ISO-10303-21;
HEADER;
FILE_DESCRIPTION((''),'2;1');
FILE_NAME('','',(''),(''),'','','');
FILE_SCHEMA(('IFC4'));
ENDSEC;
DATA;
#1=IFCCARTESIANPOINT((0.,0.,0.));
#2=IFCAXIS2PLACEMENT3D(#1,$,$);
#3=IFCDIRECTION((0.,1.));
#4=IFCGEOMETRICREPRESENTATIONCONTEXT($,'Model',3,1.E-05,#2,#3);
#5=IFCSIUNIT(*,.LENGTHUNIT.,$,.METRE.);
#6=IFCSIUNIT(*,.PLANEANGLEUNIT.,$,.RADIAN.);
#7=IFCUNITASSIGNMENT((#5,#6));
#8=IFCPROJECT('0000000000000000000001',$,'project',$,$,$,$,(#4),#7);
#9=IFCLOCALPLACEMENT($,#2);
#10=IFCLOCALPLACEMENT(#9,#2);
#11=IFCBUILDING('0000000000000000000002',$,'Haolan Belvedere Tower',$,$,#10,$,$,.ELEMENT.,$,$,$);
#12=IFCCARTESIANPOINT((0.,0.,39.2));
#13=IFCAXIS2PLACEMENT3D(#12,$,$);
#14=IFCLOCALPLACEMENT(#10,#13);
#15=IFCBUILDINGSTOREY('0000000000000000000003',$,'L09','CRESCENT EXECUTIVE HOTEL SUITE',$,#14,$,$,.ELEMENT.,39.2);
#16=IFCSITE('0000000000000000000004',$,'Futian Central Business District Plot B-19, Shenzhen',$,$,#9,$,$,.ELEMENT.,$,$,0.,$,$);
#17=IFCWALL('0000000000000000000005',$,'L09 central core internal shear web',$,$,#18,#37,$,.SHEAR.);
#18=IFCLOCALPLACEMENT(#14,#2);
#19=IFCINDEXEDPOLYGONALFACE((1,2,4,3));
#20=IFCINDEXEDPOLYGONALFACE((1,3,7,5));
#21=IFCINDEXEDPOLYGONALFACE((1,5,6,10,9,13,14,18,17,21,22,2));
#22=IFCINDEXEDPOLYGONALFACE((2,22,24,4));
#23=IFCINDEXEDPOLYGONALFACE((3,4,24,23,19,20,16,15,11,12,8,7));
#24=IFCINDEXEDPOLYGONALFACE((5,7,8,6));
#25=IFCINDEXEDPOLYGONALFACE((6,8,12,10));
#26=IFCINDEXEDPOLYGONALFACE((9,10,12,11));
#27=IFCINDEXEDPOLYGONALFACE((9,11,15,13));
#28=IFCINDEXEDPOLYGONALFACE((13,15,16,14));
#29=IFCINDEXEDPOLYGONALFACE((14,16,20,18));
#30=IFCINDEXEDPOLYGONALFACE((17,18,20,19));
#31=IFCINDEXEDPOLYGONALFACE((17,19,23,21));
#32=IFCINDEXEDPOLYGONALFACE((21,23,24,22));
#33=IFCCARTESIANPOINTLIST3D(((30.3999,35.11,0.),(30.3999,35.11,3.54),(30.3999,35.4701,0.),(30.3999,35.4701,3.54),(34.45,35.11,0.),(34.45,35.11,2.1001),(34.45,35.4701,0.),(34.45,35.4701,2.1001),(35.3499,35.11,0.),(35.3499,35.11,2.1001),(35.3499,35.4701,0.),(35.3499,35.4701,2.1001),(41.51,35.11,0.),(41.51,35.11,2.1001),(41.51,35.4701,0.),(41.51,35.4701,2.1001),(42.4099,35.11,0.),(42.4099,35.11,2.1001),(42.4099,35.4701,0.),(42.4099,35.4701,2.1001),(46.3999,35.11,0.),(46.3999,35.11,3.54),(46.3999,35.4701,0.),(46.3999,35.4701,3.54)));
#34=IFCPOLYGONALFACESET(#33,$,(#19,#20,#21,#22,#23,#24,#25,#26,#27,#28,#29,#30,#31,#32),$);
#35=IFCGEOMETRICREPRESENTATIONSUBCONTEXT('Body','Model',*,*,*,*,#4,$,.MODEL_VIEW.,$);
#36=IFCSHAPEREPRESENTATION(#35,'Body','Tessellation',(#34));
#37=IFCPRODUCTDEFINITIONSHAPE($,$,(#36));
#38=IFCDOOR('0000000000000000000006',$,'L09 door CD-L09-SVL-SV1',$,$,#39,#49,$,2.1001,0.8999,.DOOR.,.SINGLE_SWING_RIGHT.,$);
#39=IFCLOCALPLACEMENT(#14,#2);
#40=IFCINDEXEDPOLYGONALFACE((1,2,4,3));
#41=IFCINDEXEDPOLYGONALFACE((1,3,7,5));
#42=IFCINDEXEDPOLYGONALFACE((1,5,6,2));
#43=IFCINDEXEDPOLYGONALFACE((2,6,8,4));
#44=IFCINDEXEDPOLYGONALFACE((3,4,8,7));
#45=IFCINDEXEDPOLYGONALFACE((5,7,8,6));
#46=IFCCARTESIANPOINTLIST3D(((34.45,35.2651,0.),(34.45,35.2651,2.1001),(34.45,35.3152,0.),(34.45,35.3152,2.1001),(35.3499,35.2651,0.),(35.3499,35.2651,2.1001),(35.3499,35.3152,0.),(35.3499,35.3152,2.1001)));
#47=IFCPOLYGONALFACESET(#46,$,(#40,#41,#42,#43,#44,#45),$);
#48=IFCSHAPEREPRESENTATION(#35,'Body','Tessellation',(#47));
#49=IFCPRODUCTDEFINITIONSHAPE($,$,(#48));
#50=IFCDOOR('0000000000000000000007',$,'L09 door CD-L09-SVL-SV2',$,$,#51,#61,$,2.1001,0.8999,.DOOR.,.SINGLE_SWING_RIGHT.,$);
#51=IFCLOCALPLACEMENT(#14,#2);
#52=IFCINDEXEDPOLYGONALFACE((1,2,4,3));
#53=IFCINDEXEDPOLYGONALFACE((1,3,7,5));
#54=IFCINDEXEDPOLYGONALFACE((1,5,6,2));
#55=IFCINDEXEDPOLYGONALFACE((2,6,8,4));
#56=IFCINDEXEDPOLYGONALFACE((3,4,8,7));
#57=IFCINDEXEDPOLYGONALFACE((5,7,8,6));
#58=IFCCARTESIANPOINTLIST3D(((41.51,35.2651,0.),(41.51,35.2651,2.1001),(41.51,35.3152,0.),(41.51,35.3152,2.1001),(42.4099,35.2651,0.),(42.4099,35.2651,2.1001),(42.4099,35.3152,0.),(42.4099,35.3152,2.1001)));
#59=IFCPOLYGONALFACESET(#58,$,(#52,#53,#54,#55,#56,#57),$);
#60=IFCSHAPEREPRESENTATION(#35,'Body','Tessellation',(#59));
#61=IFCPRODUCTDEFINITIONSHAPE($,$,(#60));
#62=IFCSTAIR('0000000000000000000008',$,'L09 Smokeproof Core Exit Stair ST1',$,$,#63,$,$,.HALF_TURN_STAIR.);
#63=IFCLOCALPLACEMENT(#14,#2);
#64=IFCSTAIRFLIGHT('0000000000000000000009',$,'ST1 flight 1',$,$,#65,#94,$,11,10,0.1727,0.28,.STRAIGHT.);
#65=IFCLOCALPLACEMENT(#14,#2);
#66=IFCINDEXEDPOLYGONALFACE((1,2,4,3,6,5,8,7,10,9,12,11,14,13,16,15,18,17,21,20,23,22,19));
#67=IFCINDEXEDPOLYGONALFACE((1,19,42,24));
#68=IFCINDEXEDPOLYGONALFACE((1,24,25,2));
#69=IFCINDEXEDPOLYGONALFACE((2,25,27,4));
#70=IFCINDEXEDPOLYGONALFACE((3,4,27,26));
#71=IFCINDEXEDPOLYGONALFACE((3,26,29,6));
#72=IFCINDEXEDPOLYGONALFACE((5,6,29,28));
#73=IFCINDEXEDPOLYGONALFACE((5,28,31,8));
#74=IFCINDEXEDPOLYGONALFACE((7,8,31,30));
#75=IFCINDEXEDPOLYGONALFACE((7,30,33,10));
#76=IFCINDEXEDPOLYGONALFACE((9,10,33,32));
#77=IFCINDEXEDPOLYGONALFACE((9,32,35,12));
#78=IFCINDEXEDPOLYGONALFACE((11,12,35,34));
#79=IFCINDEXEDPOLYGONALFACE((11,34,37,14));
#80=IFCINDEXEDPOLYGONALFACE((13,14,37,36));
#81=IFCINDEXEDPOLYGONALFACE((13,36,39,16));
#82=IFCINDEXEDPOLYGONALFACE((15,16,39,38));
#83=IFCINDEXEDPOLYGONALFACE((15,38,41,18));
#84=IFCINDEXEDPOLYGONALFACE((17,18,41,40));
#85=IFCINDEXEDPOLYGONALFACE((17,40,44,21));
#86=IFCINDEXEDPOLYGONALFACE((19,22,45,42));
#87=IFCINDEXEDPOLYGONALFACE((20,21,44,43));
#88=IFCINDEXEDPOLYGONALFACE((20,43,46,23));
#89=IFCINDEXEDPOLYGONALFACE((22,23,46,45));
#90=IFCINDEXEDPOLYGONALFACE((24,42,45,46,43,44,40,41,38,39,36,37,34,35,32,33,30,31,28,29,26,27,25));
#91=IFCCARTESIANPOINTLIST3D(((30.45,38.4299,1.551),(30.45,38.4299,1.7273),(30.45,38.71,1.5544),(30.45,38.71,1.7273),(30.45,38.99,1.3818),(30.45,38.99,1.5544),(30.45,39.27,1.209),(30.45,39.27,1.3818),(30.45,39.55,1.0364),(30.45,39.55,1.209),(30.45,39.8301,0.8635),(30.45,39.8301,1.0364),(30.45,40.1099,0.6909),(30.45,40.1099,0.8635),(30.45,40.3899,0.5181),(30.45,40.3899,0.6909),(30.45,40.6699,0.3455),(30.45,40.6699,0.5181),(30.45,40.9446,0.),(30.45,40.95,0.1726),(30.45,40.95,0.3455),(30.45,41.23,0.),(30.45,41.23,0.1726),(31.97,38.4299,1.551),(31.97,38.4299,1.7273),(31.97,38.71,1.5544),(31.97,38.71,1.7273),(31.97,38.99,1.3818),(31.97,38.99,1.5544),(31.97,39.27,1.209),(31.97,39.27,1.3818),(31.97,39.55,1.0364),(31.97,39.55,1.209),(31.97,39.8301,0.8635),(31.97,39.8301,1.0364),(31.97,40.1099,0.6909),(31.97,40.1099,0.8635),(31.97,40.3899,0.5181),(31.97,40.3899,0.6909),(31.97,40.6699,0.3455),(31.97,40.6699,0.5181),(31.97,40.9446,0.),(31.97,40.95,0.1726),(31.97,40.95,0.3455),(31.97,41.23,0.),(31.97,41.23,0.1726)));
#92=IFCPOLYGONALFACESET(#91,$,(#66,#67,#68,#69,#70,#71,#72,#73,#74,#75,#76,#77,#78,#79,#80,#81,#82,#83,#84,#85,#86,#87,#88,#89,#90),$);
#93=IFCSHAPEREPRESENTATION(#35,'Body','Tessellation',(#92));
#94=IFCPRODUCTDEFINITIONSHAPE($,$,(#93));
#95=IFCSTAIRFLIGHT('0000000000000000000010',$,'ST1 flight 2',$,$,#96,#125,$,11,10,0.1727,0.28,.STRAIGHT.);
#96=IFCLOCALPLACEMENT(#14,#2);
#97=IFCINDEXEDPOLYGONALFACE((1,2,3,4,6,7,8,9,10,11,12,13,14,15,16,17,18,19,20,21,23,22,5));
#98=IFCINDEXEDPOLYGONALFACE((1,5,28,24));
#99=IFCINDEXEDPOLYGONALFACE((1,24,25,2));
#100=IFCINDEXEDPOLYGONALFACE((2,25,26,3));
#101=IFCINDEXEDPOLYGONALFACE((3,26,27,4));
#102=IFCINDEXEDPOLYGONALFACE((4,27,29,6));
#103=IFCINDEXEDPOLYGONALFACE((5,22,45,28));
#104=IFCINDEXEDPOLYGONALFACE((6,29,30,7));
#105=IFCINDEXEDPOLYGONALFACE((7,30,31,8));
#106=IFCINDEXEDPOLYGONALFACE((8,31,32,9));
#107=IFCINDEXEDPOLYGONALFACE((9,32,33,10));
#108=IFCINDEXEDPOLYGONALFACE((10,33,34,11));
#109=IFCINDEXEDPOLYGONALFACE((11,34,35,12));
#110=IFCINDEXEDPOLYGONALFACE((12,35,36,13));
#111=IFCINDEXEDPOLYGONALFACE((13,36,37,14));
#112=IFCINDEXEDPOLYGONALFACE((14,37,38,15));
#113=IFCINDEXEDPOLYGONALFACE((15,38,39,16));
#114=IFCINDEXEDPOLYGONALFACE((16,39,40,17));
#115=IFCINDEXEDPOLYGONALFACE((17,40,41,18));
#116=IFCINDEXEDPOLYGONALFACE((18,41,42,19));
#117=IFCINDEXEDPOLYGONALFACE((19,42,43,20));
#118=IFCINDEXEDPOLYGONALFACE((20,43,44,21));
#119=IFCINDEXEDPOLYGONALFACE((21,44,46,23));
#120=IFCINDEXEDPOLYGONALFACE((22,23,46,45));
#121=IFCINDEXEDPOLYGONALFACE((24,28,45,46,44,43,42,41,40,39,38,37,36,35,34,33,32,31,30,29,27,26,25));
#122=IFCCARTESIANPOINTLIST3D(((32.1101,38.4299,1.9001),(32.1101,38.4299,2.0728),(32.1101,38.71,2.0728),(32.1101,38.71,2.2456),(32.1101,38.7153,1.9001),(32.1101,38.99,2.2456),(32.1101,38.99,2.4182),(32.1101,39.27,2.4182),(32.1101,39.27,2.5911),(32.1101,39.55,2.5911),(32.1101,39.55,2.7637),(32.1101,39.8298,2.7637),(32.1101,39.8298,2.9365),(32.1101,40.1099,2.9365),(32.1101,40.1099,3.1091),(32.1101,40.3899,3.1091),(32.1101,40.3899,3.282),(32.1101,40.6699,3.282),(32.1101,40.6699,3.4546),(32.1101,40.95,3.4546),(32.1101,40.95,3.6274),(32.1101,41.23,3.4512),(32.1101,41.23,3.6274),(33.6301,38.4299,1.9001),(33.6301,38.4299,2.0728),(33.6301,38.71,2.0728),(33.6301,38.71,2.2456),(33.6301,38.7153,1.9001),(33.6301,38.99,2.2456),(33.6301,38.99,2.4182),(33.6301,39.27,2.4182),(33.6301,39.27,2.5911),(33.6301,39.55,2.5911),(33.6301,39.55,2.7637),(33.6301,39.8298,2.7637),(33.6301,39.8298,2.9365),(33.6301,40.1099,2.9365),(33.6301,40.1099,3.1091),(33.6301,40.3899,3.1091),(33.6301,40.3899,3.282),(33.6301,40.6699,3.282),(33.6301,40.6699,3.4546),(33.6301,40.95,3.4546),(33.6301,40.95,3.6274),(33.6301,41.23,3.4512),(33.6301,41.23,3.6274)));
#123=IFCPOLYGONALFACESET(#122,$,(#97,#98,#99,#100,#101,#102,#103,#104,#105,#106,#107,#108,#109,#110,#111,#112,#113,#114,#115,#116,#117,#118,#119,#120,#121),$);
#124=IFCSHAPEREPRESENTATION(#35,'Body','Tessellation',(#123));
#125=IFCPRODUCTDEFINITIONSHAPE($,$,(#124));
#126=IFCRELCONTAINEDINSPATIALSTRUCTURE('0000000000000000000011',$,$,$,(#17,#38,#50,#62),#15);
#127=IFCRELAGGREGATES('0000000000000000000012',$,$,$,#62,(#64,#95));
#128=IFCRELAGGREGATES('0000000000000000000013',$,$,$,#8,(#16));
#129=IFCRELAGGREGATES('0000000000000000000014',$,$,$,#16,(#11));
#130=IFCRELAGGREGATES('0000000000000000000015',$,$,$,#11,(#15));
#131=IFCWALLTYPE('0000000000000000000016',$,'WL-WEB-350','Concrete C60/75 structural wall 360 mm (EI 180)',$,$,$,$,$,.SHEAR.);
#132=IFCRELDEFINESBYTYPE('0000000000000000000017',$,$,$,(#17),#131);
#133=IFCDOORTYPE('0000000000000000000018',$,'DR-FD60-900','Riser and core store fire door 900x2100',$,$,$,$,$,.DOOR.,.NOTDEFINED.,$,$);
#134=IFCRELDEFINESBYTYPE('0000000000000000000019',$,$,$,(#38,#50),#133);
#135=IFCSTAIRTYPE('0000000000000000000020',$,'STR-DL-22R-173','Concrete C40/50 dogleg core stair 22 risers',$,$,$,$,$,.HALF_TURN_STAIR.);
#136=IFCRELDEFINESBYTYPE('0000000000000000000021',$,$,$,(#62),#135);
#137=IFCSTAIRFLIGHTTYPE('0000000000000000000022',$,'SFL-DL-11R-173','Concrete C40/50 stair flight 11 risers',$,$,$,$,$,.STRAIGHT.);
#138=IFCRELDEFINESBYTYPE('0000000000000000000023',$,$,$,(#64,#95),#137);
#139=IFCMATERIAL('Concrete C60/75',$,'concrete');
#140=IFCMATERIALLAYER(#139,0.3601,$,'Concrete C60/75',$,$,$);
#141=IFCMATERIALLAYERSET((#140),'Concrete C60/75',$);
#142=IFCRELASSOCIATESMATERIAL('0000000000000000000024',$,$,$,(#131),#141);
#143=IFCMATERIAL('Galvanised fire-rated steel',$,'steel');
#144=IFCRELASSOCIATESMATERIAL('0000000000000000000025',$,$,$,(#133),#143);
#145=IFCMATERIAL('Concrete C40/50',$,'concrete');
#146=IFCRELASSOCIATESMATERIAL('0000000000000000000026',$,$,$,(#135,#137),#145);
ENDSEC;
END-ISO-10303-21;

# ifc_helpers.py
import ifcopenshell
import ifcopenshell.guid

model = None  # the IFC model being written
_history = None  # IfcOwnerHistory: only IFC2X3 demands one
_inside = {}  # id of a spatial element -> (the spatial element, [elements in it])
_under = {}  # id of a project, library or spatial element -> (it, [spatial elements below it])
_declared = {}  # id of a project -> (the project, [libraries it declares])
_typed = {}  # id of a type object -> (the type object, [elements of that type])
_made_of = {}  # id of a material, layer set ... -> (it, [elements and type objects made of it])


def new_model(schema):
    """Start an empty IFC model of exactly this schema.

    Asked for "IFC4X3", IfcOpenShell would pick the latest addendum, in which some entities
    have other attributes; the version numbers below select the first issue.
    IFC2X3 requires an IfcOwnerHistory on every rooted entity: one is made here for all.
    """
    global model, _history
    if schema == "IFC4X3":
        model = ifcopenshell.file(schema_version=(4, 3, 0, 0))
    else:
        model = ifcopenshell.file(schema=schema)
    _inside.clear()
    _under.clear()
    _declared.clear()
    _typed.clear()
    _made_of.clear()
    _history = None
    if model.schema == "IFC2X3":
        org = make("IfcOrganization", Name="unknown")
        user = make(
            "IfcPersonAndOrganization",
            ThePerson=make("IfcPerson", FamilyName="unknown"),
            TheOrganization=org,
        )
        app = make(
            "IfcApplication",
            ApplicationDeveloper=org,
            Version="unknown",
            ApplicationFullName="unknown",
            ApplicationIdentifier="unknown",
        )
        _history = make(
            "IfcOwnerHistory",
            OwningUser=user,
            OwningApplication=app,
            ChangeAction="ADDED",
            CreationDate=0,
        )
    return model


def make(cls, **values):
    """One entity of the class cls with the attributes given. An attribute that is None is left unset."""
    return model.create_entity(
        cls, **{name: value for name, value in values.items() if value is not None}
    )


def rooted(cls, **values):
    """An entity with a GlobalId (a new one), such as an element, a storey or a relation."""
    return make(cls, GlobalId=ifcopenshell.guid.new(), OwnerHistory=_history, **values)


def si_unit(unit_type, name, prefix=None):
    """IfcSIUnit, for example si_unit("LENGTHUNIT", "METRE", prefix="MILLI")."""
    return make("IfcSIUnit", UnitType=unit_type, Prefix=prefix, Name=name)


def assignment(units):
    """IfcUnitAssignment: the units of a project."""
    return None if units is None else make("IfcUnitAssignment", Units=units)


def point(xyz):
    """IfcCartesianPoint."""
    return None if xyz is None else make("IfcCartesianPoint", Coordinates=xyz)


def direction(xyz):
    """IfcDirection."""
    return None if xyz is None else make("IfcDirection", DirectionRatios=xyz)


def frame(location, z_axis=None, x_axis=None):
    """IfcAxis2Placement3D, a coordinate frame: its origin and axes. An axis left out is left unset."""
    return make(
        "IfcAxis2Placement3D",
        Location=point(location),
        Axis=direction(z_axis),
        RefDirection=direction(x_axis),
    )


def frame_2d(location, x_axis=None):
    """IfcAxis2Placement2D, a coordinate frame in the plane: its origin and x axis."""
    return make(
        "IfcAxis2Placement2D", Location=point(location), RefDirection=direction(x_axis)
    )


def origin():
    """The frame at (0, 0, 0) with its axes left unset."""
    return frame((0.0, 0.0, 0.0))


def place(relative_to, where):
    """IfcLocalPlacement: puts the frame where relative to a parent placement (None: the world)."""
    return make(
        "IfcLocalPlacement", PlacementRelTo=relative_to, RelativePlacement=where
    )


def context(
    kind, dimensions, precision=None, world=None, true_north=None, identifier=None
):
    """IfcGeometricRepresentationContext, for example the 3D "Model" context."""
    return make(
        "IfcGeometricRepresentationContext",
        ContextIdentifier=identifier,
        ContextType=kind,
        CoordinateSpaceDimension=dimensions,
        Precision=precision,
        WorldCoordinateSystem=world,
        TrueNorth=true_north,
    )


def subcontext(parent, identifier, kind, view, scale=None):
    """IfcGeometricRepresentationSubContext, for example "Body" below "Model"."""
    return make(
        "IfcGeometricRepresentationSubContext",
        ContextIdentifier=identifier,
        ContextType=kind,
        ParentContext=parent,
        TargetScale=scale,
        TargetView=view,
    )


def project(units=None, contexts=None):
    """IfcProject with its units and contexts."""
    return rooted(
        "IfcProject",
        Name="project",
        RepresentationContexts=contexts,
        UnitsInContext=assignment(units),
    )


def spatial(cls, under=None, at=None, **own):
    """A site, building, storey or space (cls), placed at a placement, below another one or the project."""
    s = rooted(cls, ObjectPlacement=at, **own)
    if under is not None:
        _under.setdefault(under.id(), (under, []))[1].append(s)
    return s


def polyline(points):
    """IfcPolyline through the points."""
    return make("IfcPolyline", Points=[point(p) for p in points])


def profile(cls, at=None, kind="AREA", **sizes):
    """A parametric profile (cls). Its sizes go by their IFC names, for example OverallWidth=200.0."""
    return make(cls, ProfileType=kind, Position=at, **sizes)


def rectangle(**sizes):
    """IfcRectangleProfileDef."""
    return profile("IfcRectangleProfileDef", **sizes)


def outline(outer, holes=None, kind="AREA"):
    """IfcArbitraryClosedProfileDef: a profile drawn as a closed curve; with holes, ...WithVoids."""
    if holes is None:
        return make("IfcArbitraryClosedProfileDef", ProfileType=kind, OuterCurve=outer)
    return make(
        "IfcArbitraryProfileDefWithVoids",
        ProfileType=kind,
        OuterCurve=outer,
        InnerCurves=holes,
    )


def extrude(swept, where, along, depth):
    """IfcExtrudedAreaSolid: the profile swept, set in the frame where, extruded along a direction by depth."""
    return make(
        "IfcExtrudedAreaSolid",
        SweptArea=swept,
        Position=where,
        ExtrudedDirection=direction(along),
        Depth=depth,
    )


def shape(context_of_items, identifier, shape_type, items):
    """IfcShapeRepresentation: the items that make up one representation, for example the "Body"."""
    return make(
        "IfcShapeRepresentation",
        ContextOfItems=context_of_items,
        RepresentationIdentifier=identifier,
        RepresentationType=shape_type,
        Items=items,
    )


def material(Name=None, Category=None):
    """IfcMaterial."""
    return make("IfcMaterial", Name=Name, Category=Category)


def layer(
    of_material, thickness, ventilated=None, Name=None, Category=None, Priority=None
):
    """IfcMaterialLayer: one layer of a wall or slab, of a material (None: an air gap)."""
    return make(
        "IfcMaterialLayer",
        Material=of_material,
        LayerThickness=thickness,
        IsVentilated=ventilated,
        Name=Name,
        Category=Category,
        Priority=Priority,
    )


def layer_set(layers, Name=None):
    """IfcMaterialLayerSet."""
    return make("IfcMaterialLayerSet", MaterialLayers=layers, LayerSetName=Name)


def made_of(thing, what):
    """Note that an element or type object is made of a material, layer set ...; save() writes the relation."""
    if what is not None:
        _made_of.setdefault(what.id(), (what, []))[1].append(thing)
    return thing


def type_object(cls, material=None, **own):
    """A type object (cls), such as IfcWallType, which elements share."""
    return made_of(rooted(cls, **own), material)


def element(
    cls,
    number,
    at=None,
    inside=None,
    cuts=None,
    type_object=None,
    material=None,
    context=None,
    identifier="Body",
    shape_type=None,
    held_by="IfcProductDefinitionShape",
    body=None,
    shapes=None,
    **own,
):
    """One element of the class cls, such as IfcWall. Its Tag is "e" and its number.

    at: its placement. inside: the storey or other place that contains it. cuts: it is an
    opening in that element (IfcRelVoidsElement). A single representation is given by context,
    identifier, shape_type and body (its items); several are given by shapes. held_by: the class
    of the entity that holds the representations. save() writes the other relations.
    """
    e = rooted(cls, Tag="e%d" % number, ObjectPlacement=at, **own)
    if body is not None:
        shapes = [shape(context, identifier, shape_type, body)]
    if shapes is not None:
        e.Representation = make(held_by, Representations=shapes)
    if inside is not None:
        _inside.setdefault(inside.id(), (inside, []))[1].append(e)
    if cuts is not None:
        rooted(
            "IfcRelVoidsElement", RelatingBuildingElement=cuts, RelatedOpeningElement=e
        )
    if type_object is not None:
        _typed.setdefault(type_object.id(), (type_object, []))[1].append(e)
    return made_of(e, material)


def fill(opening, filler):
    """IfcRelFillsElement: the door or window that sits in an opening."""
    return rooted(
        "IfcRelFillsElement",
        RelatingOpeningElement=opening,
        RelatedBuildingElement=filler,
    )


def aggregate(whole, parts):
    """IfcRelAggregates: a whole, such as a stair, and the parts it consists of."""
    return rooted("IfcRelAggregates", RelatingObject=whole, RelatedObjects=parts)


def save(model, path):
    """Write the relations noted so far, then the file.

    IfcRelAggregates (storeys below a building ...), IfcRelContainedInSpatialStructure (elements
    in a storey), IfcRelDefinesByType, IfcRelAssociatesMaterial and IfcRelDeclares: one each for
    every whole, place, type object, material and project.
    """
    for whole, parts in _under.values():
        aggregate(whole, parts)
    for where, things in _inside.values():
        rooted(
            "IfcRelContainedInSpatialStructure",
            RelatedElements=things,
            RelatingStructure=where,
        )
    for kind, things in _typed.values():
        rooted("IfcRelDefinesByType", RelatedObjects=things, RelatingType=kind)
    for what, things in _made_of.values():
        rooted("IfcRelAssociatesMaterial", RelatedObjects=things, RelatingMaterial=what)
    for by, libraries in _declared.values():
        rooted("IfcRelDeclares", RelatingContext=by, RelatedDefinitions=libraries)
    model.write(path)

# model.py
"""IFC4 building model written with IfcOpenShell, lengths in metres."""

from ifc_helpers import new_model, si_unit, direction, frame, frame_2d, origin, place, context, subcontext, project, spatial, polyline, rectangle, outline, extrude, material, layer, layer_set, type_object, element, fill, aggregate, save


model = new_model("IFC4")

# Units and contexts
model_context = context("Model", 3, precision=1e-05, world=origin(), true_north=direction((0.0, 1.0)))
body_context = subcontext(model_context, "Body", "Model", "MODEL_VIEW")
ifc_project = project(units=[si_unit("LENGTHUNIT", "METRE"), si_unit("PLANEANGLEUNIT", "RADIAN")], contexts=[model_context])

# Site, building, storey
site_placement = place(None, origin())
site = spatial("IfcSite", under=ifc_project, at=site_placement, Name="Futian Central Business District Plot B-19, Shenzhen", CompositionType="ELEMENT", RefElevation=0.0)
building_placement = place(site_placement, origin())
building = spatial("IfcBuilding", under=site, at=building_placement, Name="Haolan Belvedere Tower", CompositionType="ELEMENT")
storey_placement = place(building_placement, frame((0.0, 0.0, 39.2)))
storey = spatial("IfcBuildingStorey", under=building, at=storey_placement, Name="L09", Description="CRESCENT EXECUTIVE HOTEL SUITE", CompositionType="ELEMENT", Elevation=39.2)

# Shared definitions
ifc_material_1 = material(Name="Concrete C60/75", Category="concrete")

# Wall, openings, doors
ifc_layer_1 = layer(ifc_material_1, 0.3601, Name="Concrete C60/75")
ifc_layer_set_1 = layer_set([ifc_layer_1], Name="Concrete C60/75")
wall_type_1 = type_object("IfcWallType", Name="WL-WEB-350", Description="Concrete C60/75 structural wall 360 mm (EI 180)", PredefinedType="SHEAR", material=ifc_layer_set_1)
wall_1_placement = place(storey_placement, frame((30.3999, 35.29, 0.0), z_axis=(0.0, 0.0, 1.0), x_axis=(1.0, 0.0, 0.0)))
wall_1 = element("IfcWall", 1, at=wall_1_placement, inside=storey, type_object=wall_type_1, Name="L09 central core internal shear web", PredefinedType="SHEAR", context=body_context, shape_type="SweptSolid", body=[
    extrude(rectangle(XDim=16.0, YDim=0.3601, at=frame_2d((8.0, 0.0))), origin(), (0.0, 0.0, 1.0), 3.54),
])
opening_1_placement = place(wall_1_placement, frame((4.95, 0.0, 0.0), z_axis=(0.0, 0.0, 1.0), x_axis=(-1.0, 0.0, 0.0)))
opening_1 = element("IfcOpeningElement", 2, at=opening_1_placement, cuts=wall_1, PredefinedType="OPENING", context=body_context, shape_type="SweptSolid", body=[
    extrude(rectangle(XDim=0.8999, YDim=2.1001, at=frame_2d((0.45, 1.05))), frame((0.0, 0.1899, 0.0), z_axis=(0.0, -1.0, 0.0), x_axis=(1.0, 0.0, 0.0)), (0.0, 0.0, 1.0), 0.3801),
])
opening_2_placement = place(wall_1_placement, frame((12.01, 0.0, 0.0), z_axis=(0.0, 0.0, 1.0), x_axis=(-1.0, 0.0, 0.0)))
opening_2 = element("IfcOpeningElement", 3, at=opening_2_placement, cuts=wall_1, PredefinedType="OPENING", context=body_context, shape_type="SweptSolid", body=[
    extrude(rectangle(XDim=0.8999, YDim=2.1001, at=frame_2d((0.45, 1.05))), frame((0.0, 0.1899, 0.0), z_axis=(0.0, -1.0, 0.0), x_axis=(1.0, 0.0, 0.0)), (0.0, 0.0, 1.0), 0.3801),
])
ifc_material_2 = material(Name="Galvanised fire-rated steel", Category="steel")
door_type_1 = type_object("IfcDoorType", Name="DR-FD60-900", Description="Riser and core store fire door 900x2100", OperationType="NOTDEFINED", PredefinedType="DOOR", material=ifc_material_2)
door_1_placement = place(opening_1_placement, origin())
door_1 = element("IfcDoor", 4, at=door_1_placement, inside=storey, type_object=door_type_1, Name="L09 door CD-L09-SVL-SV1", OperationType="SINGLE_SWING_RIGHT", OverallHeight=2.1001, OverallWidth=0.8999, PredefinedType="DOOR", context=body_context, shape_type="SweptSolid", body=[
    extrude(rectangle(XDim=0.8999, YDim=2.1001, at=frame_2d((0.45, 1.05))), frame((0.0, 0.0249, 0.0), z_axis=(0.0, -1.0, 0.0), x_axis=(1.0, 0.0, 0.0)), (0.0, 0.0, 1.0), 0.05),
])
fill(opening_1, door_1)
door_2_placement = place(opening_2_placement, origin())
door_2 = element("IfcDoor", 5, at=door_2_placement, inside=storey, type_object=door_type_1, Name="L09 door CD-L09-SVL-SV2", OperationType="SINGLE_SWING_RIGHT", OverallHeight=2.1001, OverallWidth=0.8999, PredefinedType="DOOR", context=body_context, shape_type="SweptSolid", body=[
    extrude(rectangle(XDim=0.8999, YDim=2.1001, at=frame_2d((0.45, 1.05))), frame((0.0, 0.0249, 0.0), z_axis=(0.0, -1.0, 0.0), x_axis=(1.0, 0.0, 0.0)), (0.0, 0.0, 1.0), 0.05),
])
fill(opening_2, door_2)

# Stair, stair flights
ifc_material_3 = material(Name="Concrete C40/50", Category="concrete")
stair_type = type_object("IfcStairType", Name="STR-DL-22R-173", Description="Concrete C40/50 dogleg core stair 22 risers", PredefinedType="HALF_TURN_STAIR", material=ifc_material_3)
stair_placement = place(storey_placement, origin())
stair = element("IfcStair", 6, at=stair_placement, inside=storey, type_object=stair_type, Name="L09 Smokeproof Core Exit Stair ST1", PredefinedType="HALF_TURN_STAIR")
stair_flight_type = type_object("IfcStairFlightType", Name="SFL-DL-11R-173", Description="Concrete C40/50 stair flight 11 risers", PredefinedType="STRAIGHT", material=ifc_material_3)
stair_flight_1_placement = place(storey_placement, frame((31.21, 41.23, 0.0), z_axis=(0.0, 0.0, 1.0), x_axis=(0.0, -1.0, 0.0)))
stair_flight_1 = element("IfcStairFlight", 7, at=stair_flight_1_placement, type_object=stair_flight_type, Name="ST1 flight 1", NumberOfRisers=11, NumberOfTreads=10, PredefinedType="STRAIGHT", RiserHeight=0.1727, TreadLength=0.28, context=body_context, shape_type="SweptSolid", body=[
    extrude(outline(polyline([(0.0, 0.0), (0.0, 0.1726), (0.28, 0.1726), (0.28, 0.3455), (0.5601, 0.3455), (0.5601, 0.5181), (0.8401, 0.5181), (0.8401, 0.6909), (1.1201, 0.6909), (1.1201, 0.8635), (1.3999, 0.8635), (1.3999, 1.0364), (1.6799, 1.0364), (1.6799, 1.209), (1.96, 1.209), (1.96, 1.3818), (2.24, 1.3818), (2.24, 1.5544), (2.52, 1.5544), (2.52, 1.7273), (2.8, 1.7273), (2.8, 1.8999), (2.8, 1.551), (0.2854, 0.0), (0.0, 0.0)])), frame((0.0, 0.76, 0.0), z_axis=(0.0, -1.0, 0.0), x_axis=(1.0, 0.0, 0.0)), (0.0, 0.0, 1.0), 1.52),
])
stair_flight_2_placement = place(storey_placement, frame((32.8701, 38.4299, 1.9001), z_axis=(0.0, 0.0, 1.0), x_axis=(0.0, 1.0, 0.0)))
stair_flight_2 = element("IfcStairFlight", 8, at=stair_flight_2_placement, type_object=stair_flight_type, Name="ST1 flight 2", NumberOfRisers=11, NumberOfTreads=10, PredefinedType="STRAIGHT", RiserHeight=0.1727, TreadLength=0.28, context=body_context, shape_type="SweptSolid", body=[
    extrude(outline(polyline([(0.0, 0.0), (0.0, 0.1726), (0.28, 0.1726), (0.28, 0.3455), (0.5601, 0.3455), (0.5601, 0.5181), (0.8401, 0.5181), (0.8401, 0.6909), (1.1201, 0.6909), (1.1201, 0.8635), (1.3999, 0.8635), (1.3999, 1.0364), (1.6799, 1.0364), (1.6799, 1.209), (1.96, 1.209), (1.96, 1.3818), (2.24, 1.3818), (2.24, 1.5544), (2.52, 1.5544), (2.52, 1.7273), (2.8, 1.7273), (2.8, 1.8999), (2.8, 1.551), (0.2854, 0.0), (0.0, 0.0)])), frame((0.0, 0.76, 0.0), z_axis=(0.0, -1.0, 0.0), x_axis=(1.0, 0.0, 0.0)), (0.0, 0.0, 1.0), 1.52),
])
aggregate(stair, [stair_flight_1, stair_flight_2])

save(model, "model.ifc")
